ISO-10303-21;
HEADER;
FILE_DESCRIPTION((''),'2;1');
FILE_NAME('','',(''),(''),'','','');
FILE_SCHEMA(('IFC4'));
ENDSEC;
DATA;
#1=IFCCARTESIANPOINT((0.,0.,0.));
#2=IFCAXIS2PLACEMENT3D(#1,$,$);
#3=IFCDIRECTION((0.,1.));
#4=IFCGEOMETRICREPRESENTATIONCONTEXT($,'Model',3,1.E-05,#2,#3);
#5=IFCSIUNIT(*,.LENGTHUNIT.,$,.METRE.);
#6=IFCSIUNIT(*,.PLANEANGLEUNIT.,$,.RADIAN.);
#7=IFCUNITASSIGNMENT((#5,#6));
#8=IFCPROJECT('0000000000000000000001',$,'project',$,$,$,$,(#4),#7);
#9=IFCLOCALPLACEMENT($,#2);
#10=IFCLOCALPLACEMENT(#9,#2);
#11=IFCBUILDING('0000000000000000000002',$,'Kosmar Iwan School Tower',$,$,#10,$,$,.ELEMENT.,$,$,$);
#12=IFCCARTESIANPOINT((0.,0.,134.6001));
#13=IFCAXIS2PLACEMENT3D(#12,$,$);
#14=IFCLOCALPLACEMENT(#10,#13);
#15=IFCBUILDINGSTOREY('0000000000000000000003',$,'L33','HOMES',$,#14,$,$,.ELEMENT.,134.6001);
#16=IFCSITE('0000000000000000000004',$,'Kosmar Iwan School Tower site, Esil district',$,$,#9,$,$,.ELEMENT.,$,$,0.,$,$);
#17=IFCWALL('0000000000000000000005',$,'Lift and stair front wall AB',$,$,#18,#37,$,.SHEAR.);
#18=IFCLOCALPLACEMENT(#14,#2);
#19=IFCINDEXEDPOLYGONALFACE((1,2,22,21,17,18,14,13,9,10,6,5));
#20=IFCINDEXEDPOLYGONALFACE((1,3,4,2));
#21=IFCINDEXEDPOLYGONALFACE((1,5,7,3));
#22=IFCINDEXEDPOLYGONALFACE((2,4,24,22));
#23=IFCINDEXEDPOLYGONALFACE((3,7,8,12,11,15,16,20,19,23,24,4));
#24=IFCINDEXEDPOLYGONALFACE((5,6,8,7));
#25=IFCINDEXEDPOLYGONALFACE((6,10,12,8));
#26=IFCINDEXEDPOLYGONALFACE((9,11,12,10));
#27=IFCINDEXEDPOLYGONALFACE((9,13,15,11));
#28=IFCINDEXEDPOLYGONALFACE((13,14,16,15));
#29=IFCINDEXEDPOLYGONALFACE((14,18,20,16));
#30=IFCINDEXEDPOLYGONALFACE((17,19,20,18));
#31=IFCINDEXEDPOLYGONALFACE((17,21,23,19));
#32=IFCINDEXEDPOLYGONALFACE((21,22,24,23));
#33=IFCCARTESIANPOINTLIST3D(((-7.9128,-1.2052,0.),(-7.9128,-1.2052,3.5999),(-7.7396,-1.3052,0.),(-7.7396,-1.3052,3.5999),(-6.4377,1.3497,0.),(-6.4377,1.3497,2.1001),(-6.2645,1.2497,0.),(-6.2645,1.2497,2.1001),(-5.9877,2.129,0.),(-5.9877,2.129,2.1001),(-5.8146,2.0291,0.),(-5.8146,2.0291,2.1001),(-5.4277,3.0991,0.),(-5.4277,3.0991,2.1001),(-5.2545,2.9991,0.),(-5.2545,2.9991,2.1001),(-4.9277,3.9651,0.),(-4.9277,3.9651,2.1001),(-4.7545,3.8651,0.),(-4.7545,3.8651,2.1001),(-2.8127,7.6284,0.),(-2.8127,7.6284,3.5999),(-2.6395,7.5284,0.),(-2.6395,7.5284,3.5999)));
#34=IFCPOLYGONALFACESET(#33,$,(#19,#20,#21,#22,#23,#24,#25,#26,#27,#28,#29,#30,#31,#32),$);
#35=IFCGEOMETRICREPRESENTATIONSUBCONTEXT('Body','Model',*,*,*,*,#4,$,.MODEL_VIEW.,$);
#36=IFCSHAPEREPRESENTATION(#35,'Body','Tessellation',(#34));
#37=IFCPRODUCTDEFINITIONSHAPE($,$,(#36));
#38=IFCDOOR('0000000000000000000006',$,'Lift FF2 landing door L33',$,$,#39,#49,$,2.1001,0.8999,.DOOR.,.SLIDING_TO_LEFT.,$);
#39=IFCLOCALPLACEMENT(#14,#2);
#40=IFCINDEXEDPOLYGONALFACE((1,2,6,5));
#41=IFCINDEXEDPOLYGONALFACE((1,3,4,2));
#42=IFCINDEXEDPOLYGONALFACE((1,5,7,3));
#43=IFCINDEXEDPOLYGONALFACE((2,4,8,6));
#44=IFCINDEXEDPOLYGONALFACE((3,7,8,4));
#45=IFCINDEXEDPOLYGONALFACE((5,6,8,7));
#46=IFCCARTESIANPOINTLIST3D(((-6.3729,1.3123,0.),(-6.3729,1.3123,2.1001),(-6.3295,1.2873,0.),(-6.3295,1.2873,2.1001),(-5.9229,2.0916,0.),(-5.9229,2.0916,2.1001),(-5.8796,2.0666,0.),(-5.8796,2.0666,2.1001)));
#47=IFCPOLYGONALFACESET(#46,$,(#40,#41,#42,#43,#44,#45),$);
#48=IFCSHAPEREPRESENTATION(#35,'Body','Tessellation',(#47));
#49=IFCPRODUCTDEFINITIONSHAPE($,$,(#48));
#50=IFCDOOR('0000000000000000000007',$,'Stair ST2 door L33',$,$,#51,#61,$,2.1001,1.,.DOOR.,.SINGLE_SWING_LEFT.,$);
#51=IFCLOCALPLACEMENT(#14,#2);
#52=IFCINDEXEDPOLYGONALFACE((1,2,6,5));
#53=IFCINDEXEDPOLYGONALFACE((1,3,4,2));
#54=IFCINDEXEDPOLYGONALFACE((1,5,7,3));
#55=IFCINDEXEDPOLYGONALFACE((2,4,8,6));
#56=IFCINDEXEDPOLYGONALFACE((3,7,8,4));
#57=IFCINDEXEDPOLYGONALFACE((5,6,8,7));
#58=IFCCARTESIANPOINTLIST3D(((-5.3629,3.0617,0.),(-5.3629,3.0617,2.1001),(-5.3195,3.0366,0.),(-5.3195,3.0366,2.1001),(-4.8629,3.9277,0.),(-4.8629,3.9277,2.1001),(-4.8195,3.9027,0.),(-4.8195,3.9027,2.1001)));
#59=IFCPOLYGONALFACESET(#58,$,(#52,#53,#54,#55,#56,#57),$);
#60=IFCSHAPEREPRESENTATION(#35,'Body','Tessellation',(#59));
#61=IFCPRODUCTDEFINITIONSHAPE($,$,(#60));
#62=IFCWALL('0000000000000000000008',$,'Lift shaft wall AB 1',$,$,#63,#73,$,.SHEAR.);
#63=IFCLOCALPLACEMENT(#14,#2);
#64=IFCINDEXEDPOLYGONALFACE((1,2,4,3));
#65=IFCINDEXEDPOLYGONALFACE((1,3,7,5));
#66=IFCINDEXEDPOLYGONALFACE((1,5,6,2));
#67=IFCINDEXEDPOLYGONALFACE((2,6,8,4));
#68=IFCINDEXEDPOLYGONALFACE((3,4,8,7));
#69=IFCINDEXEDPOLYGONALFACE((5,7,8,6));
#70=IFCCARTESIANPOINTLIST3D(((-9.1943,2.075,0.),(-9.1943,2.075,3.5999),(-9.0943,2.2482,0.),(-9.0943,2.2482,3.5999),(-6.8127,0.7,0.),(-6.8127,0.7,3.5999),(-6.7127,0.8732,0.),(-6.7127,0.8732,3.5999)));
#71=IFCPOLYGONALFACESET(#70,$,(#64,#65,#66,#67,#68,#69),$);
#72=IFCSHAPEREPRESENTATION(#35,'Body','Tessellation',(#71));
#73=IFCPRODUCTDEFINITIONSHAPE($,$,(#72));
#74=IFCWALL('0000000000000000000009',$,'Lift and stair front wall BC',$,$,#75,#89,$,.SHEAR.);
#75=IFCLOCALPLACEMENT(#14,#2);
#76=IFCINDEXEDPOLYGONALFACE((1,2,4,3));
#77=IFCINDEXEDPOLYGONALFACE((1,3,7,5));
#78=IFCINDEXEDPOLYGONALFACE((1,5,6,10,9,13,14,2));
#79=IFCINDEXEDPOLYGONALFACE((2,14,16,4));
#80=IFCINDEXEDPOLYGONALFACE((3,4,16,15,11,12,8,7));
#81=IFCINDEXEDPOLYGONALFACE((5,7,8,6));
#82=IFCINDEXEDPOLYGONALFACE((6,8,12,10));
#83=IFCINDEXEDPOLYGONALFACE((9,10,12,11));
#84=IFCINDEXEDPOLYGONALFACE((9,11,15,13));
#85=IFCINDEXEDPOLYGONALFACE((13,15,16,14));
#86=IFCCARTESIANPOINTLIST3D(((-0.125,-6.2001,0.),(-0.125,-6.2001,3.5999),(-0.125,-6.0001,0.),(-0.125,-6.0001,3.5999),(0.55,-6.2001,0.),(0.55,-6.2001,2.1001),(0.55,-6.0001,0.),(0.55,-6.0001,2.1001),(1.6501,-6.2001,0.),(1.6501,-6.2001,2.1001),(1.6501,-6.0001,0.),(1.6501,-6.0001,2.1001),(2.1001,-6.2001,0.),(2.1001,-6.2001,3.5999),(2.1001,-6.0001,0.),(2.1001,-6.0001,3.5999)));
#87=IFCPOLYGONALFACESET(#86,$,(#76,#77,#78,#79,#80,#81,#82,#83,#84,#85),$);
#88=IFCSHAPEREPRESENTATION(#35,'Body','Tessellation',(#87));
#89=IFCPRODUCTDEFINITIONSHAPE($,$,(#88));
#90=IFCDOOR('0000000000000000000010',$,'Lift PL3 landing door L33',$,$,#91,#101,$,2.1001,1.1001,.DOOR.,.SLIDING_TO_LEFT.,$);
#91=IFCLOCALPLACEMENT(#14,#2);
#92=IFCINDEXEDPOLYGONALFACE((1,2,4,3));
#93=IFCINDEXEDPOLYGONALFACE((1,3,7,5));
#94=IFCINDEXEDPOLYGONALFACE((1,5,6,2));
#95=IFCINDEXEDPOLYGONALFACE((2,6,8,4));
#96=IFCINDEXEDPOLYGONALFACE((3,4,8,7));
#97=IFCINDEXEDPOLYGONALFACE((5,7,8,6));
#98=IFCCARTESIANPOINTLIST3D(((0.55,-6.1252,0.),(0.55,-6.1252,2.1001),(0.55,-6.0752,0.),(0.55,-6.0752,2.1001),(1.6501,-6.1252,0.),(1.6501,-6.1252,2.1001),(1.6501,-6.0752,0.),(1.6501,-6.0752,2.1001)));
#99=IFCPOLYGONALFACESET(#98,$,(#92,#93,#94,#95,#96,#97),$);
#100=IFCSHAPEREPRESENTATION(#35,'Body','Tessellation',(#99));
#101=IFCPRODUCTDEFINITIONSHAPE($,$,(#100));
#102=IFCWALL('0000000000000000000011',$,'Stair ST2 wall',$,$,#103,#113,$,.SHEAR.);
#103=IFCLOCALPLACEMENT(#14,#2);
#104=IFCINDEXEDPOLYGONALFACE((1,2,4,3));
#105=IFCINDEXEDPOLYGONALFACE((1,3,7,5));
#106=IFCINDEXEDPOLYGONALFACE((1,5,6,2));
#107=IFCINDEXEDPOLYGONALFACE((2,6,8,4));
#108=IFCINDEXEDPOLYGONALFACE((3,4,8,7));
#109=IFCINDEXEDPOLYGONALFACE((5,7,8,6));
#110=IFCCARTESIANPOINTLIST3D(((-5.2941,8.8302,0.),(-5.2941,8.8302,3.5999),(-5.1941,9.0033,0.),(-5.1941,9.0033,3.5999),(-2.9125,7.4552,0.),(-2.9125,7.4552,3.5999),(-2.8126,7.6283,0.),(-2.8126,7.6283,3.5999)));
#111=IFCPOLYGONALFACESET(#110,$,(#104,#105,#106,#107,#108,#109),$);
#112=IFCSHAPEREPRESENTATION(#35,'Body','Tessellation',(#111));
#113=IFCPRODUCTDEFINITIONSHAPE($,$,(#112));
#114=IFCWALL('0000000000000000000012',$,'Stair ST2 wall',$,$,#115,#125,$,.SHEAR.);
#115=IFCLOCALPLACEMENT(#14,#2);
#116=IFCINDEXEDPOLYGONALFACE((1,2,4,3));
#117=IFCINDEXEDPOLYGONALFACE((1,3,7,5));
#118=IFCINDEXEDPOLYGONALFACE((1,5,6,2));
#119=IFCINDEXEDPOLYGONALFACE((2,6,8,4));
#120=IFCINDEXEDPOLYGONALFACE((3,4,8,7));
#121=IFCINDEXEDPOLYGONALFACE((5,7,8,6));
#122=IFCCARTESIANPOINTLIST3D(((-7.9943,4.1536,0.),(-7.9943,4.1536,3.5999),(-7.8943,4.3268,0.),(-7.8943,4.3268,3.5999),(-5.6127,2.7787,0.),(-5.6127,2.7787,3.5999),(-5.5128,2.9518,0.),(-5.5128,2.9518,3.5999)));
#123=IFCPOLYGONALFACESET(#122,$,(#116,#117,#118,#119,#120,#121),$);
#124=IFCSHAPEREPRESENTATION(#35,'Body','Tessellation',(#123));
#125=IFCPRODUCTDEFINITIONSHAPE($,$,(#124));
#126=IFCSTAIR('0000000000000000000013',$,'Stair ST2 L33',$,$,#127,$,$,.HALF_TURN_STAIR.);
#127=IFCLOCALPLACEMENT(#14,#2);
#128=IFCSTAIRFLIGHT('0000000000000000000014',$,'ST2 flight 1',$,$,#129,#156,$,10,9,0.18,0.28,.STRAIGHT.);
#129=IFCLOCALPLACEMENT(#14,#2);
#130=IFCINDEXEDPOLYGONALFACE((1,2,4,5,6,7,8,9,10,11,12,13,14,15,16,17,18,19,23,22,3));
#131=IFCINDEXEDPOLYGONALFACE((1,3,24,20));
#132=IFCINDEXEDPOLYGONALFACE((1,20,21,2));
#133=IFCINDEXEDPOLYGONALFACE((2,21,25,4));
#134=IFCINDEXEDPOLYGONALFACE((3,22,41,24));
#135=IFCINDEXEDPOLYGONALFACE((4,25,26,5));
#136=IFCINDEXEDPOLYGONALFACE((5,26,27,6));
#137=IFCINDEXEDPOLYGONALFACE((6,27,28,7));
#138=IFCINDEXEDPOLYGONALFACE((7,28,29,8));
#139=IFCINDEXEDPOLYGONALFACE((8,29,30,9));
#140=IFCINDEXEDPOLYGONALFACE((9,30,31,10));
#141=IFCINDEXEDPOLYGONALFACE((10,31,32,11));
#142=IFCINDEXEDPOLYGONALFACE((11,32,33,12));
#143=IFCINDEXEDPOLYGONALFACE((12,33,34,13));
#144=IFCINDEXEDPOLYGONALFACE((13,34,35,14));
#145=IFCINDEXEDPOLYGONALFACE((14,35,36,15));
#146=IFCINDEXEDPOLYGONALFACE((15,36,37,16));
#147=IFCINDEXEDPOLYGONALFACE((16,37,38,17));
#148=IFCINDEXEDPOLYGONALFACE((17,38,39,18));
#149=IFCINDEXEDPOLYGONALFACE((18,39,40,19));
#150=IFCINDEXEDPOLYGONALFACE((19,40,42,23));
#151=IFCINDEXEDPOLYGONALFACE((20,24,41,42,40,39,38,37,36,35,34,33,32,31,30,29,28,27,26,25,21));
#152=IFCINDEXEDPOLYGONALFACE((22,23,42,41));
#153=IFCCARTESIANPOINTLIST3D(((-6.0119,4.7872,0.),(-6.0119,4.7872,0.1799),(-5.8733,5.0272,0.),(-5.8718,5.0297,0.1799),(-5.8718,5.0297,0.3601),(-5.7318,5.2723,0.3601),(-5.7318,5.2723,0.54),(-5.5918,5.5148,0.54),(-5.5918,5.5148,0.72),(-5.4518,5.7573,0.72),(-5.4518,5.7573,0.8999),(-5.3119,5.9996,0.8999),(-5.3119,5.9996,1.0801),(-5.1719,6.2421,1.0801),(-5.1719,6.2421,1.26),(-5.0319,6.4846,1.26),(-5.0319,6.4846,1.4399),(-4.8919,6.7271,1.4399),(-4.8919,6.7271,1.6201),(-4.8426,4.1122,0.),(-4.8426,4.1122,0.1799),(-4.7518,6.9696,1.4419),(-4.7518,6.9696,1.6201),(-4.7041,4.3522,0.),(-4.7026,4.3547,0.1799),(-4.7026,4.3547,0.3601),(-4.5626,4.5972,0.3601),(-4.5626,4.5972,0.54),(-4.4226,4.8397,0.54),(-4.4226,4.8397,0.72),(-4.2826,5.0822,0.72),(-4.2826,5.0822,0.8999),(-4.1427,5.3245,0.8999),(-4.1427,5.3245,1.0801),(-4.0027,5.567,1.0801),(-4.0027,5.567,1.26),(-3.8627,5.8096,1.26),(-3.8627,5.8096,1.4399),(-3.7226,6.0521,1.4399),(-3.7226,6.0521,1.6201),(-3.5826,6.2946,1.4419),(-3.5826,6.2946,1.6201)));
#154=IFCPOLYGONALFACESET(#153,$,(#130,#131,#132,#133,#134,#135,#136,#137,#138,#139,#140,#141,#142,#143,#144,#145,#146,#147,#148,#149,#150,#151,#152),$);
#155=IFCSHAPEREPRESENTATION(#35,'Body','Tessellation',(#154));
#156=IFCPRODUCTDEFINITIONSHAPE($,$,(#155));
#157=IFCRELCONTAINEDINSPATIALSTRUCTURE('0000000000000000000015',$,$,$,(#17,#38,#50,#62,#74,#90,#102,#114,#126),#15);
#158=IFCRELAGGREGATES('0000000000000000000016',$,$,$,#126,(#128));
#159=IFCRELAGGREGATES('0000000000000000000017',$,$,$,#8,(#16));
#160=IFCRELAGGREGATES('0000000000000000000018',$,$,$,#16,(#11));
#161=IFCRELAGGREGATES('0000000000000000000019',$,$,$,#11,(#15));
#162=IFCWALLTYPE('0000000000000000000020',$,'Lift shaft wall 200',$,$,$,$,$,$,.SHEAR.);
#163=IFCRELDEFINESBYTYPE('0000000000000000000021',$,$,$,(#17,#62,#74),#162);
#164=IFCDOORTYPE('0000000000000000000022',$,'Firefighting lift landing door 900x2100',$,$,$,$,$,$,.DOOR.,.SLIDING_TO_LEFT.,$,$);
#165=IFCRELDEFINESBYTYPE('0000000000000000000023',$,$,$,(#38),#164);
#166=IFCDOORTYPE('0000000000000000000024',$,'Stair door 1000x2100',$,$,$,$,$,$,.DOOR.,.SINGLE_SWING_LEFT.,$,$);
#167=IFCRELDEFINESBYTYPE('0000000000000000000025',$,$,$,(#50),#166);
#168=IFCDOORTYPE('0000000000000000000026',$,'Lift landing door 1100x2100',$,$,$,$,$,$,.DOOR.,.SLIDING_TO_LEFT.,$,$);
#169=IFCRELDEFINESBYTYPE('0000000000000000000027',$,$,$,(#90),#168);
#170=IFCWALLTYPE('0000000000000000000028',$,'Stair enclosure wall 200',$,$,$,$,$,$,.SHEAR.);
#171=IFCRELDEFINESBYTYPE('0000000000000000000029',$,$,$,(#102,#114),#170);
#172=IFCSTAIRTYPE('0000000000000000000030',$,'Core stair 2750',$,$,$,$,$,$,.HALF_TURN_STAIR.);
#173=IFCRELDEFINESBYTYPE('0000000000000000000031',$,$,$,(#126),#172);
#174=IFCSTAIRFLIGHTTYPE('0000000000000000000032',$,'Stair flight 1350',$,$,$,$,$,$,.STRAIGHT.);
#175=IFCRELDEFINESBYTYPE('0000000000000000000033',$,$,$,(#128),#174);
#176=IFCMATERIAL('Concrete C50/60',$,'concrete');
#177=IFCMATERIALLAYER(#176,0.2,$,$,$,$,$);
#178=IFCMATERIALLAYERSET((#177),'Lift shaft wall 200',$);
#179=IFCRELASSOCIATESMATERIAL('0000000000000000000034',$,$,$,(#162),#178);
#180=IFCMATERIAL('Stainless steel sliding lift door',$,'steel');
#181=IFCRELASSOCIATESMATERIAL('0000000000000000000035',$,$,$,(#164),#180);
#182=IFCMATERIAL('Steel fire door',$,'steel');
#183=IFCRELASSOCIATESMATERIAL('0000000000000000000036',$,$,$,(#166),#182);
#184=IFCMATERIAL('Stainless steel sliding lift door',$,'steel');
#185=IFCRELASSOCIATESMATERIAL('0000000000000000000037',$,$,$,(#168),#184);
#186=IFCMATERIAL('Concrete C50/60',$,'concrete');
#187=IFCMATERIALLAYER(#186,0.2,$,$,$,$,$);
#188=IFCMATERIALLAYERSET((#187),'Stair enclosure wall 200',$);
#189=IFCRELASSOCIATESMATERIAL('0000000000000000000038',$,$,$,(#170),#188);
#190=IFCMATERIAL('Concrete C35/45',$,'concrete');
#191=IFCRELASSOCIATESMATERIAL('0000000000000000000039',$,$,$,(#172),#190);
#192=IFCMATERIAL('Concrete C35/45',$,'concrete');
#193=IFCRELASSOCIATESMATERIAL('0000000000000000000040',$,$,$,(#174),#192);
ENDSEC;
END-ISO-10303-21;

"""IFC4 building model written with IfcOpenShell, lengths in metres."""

from ifc_helpers import new_model, si_unit, direction, frame, frame_2d, origin, place, context, subcontext, project, spatial, polyline, rectangle, outline, extrude, material, layer, layer_set, type_object, element, fill, aggregate, save


model = new_model("IFC4")

# Units and contexts
model_context = context("Model", 3, precision=1e-05, world=origin(), true_north=direction((0.0, 1.0)))
body_context = subcontext(model_context, "Body", "Model", "MODEL_VIEW")
ifc_project = project(units=[si_unit("LENGTHUNIT", "METRE"), si_unit("PLANEANGLEUNIT", "RADIAN")], contexts=[model_context])

# Site, building, storey
site_placement = place(None, origin())
site = spatial("IfcSite", under=ifc_project, at=site_placement, Name="Kosmar Iwan School Tower site, Esil district", CompositionType="ELEMENT", RefElevation=0.0)
building_placement = place(site_placement, origin())
building = spatial("IfcBuilding", under=site, at=building_placement, Name="Kosmar Iwan School Tower", CompositionType="ELEMENT")
storey_placement = place(building_placement, frame((0.0, 0.0, 134.6001)))
storey = spatial("IfcBuildingStorey", under=building, at=storey_placement, Name="L33", Description="HOMES", CompositionType="ELEMENT", Elevation=134.6001)

# Wall, openings, doors
ifc_material_1 = material(Name="Concrete C50/60", Category="concrete")
ifc_layer_1 = layer(ifc_material_1, 0.2)
ifc_layer_set_1 = layer_set([ifc_layer_1], Name="Lift shaft wall 200")
wall_type_1 = type_object("IfcWallType", Name="Lift shaft wall 200", PredefinedType="SHEAR", material=ifc_layer_set_1)
wall_1_placement = place(storey_placement, frame((-2.7261, 7.5784, 0.0), z_axis=(0.0, 0.0, 1.0), x_axis=(-0.500006, -0.866022, 0.0)))
wall_1 = element("IfcWall", 1, at=wall_1_placement, inside=storey, type_object=wall_type_1, Name="Lift and stair front wall AB", PredefinedType="SHEAR", context=body_context, shape_type="SweptSolid", body=[
    extrude(rectangle(XDim=10.2002, YDim=0.2, at=frame_2d((5.1001, 0.0))), origin(), (0.0, 0.0, 1.0), 3.5999),
])
opening_1_placement = place(wall_1_placement, frame((6.3501, 0.0, 0.0)))
opening_1 = element("IfcOpeningElement", 2, at=opening_1_placement, cuts=wall_1, PredefinedType="OPENING", context=body_context, shape_type="SweptSolid", body=[
    extrude(rectangle(XDim=0.8999, YDim=2.1001, at=frame_2d((0.45, 1.05))), frame((0.0, 0.1121, 0.0), z_axis=(0.0, -1.0, 0.0), x_axis=(1.0, 0.0, 0.0)), (0.0, 0.0, 1.0), 0.2239),
])
opening_2_placement = place(wall_1_placement, frame((4.23, 0.0, 0.0)))
opening_2 = element("IfcOpeningElement", 3, at=opening_2_placement, cuts=wall_1, PredefinedType="OPENING", context=body_context, shape_type="SweptSolid", body=[
    extrude(rectangle(XDim=1.0, YDim=2.1001, at=frame_2d((0.5, 1.05))), frame((0.0, 0.1121, 0.0), z_axis=(0.0, -1.0, 0.0), x_axis=(1.0, 0.0, 0.0)), (0.0, 0.0, 1.0), 0.2239),
])
ifc_material_2 = material(Name="Stainless steel sliding lift door", Category="steel")
door_type_1 = type_object("IfcDoorType", Name="Firefighting lift landing door 900x2100", OperationType="SLIDING_TO_LEFT", PredefinedType="DOOR", material=ifc_material_2)
door_1_placement = place(opening_1_placement, origin())
door_1 = element("IfcDoor", 4, at=door_1_placement, inside=storey, type_object=door_type_1, Name="Lift FF2 landing door L33", OperationType="SLIDING_TO_LEFT", OverallHeight=2.1001, OverallWidth=0.8999, PredefinedType="DOOR", context=body_context, shape_type="SweptSolid", body=[
    extrude(rectangle(XDim=0.8999, YDim=2.1001, at=frame_2d((0.45, 1.05))), frame((0.0, 0.0249, 0.0), z_axis=(0.0, -1.0, 0.0), x_axis=(1.0, 0.0, 0.0)), (0.0, 0.0, 1.0), 0.05),
])
fill(opening_1, door_1)
ifc_material_3 = material(Name="Steel fire door", Category="steel")
door_type_2 = type_object("IfcDoorType", Name="Stair door 1000x2100", OperationType="SINGLE_SWING_LEFT", PredefinedType="DOOR", material=ifc_material_3)
door_2_placement = place(opening_2_placement, origin())
door_2 = element("IfcDoor", 5, at=door_2_placement, inside=storey, type_object=door_type_2, Name="Stair ST2 door L33", OperationType="SINGLE_SWING_LEFT", OverallHeight=2.1001, OverallWidth=1.0, PredefinedType="DOOR", context=body_context, shape_type="SweptSolid", body=[
    extrude(rectangle(XDim=1.0, YDim=2.1001, at=frame_2d((0.5, 1.05))), frame((0.0, 0.0249, 0.0), z_axis=(0.0, -1.0, 0.0), x_axis=(1.0, 0.0, 0.0)), (0.0, 0.0, 1.0), 0.05),
])
fill(opening_2, door_2)

# Wall
wall_2_placement = place(storey_placement, frame((-6.7627, 0.7866, 0.0), z_axis=(0.0, 0.0, 1.0), x_axis=(-0.866027, 0.499997, 0.0)))
element("IfcWall", 6, at=wall_2_placement, inside=storey, type_object=wall_type_1, Name="Lift shaft wall AB 1", PredefinedType="SHEAR", context=body_context, shape_type="SweptSolid", body=[
    extrude(rectangle(XDim=2.75, YDim=0.2, at=frame_2d((1.375, 0.0))), origin(), (0.0, 0.0, 1.0), 3.5999),
])

# Wall, opening, door
wall_3_placement = place(storey_placement, frame((-0.125, -6.1001, 0.0), z_axis=(0.0, 0.0, 1.0), x_axis=(1.0, 0.0, 0.0)))
wall_3 = element("IfcWall", 7, at=wall_3_placement, inside=storey, type_object=wall_type_1, Name="Lift and stair front wall BC", PredefinedType="SHEAR", context=body_context, shape_type="SweptSolid", body=[
    extrude(rectangle(XDim=2.2251, YDim=0.2, at=frame_2d((1.1125, 0.0))), origin(), (0.0, 0.0, 1.0), 3.5999),
])
opening_3_placement = place(wall_3_placement, frame((0.675, 0.0, 0.0)))
opening_3 = element("IfcOpeningElement", 8, at=opening_3_placement, cuts=wall_3, PredefinedType="OPENING", context=body_context, shape_type="SweptSolid", body=[
    extrude(rectangle(XDim=1.1001, YDim=2.1001, at=frame_2d((0.55, 1.05))), frame((0.0, 0.1121, 0.0), z_axis=(0.0, -1.0, 0.0), x_axis=(1.0, 0.0, 0.0)), (0.0, 0.0, 1.0), 0.2239),
])
ifc_material_4 = material(Name="Stainless steel sliding lift door", Category="steel")
door_type_3 = type_object("IfcDoorType", Name="Lift landing door 1100x2100", OperationType="SLIDING_TO_LEFT", PredefinedType="DOOR", material=ifc_material_4)
door_3_placement = place(opening_3_placement, origin())
door_3 = element("IfcDoor", 9, at=door_3_placement, inside=storey, type_object=door_type_3, Name="Lift PL3 landing door L33", OperationType="SLIDING_TO_LEFT", OverallHeight=2.1001, OverallWidth=1.1001, PredefinedType="DOOR", context=body_context, shape_type="SweptSolid", body=[
    extrude(rectangle(XDim=1.1001, YDim=2.1001, at=frame_2d((0.55, 1.05))), frame((0.0, 0.0249, 0.0), z_axis=(0.0, -1.0, 0.0), x_axis=(1.0, 0.0, 0.0)), (0.0, 0.0, 1.0), 0.05),
])
fill(opening_3, door_3)

# Walls
ifc_material_5 = material(Name="Concrete C50/60", Category="concrete")
ifc_layer_2 = layer(ifc_material_5, 0.2)
ifc_layer_set_2 = layer_set([ifc_layer_2], Name="Stair enclosure wall 200")
wall_type_2 = type_object("IfcWallType", Name="Stair enclosure wall 200", PredefinedType="SHEAR", material=ifc_layer_set_2)
for number, where, z_axis, x_axis, name in (
    (10, (-2.8625, 7.5417, 0.0), (0.0, 0.0, 1.0), (-0.866027, 0.499997, 0.0), "Stair ST2 wall"),
    (11, (-5.5627, 2.8652, 0.0), (0.0, 0.0, 1.0), (-0.866027, 0.499997, 0.0), "Stair ST2 wall"),
):
    element("IfcWall", number, at=place(storey_placement, frame(where, z_axis=z_axis, x_axis=x_axis)), inside=storey, type_object=wall_type_2, Name=name, PredefinedType="SHEAR", context=body_context, shape_type="SweptSolid", body=[
        extrude(rectangle(XDim=2.75, YDim=0.2, at=frame_2d((1.375, 0.0))), origin(), (0.0, 0.0, 1.0), 3.5999),
    ])

# Stair, stair flight
ifc_material_6 = material(Name="Concrete C35/45", Category="concrete")
stair_type = type_object("IfcStairType", Name="Core stair 2750", PredefinedType="HALF_TURN_STAIR", material=ifc_material_6)
stair_placement = place(storey_placement, origin())
stair = element("IfcStair", 12, at=stair_placement, inside=storey, type_object=stair_type, Name="Stair ST2 L33", PredefinedType="HALF_TURN_STAIR")
ifc_material_7 = material(Name="Concrete C35/45", Category="concrete")
stair_flight_type = type_object("IfcStairFlightType", Name="Stair flight 1350", PredefinedType="STRAIGHT", material=ifc_material_7)
stair_flight_1_placement = place(storey_placement, frame((-5.4272, 4.4497, 0.0), z_axis=(0.0, 0.0, 1.0), x_axis=(0.5, 0.866025, 0.0)))
stair_flight_1 = element("IfcStairFlight", 13, at=stair_flight_1_placement, type_object=stair_flight_type, Name="ST2 flight 1", NumberOfRisers=10, NumberOfTreads=9, PredefinedType="STRAIGHT", RiserHeight=0.18, TreadLength=0.28, context=body_context, shape_type="SweptSolid", body=[
    extrude(outline(polyline([(0.0, 0.0), (0.0, 0.1799), (0.28, 0.1799), (0.28, 0.3601), (0.5601, 0.3601), (0.5601, 0.54), (0.8401, 0.54), (0.8401, 0.72), (1.1201, 0.72), (1.1201, 0.8999), (1.3999, 0.8999), (1.3999, 1.0801), (1.6799, 1.0801), (1.6799, 1.26), (1.96, 1.26), (1.96, 1.4399), (2.24, 1.4399), (2.24, 1.6201), (2.52, 1.6201), (2.52, 1.8), (2.52, 1.4419), (0.2771, 0.0), (0.0, 0.0)])), frame((0.0, 0.675, 0.0), z_axis=(0.0, -1.0, 0.0), x_axis=(1.0, 0.0, 0.0)), (0.0, 0.0, 1.0), 1.3501),
])
aggregate(stair, [stair_flight_1])

save(model, "model.ifc")
